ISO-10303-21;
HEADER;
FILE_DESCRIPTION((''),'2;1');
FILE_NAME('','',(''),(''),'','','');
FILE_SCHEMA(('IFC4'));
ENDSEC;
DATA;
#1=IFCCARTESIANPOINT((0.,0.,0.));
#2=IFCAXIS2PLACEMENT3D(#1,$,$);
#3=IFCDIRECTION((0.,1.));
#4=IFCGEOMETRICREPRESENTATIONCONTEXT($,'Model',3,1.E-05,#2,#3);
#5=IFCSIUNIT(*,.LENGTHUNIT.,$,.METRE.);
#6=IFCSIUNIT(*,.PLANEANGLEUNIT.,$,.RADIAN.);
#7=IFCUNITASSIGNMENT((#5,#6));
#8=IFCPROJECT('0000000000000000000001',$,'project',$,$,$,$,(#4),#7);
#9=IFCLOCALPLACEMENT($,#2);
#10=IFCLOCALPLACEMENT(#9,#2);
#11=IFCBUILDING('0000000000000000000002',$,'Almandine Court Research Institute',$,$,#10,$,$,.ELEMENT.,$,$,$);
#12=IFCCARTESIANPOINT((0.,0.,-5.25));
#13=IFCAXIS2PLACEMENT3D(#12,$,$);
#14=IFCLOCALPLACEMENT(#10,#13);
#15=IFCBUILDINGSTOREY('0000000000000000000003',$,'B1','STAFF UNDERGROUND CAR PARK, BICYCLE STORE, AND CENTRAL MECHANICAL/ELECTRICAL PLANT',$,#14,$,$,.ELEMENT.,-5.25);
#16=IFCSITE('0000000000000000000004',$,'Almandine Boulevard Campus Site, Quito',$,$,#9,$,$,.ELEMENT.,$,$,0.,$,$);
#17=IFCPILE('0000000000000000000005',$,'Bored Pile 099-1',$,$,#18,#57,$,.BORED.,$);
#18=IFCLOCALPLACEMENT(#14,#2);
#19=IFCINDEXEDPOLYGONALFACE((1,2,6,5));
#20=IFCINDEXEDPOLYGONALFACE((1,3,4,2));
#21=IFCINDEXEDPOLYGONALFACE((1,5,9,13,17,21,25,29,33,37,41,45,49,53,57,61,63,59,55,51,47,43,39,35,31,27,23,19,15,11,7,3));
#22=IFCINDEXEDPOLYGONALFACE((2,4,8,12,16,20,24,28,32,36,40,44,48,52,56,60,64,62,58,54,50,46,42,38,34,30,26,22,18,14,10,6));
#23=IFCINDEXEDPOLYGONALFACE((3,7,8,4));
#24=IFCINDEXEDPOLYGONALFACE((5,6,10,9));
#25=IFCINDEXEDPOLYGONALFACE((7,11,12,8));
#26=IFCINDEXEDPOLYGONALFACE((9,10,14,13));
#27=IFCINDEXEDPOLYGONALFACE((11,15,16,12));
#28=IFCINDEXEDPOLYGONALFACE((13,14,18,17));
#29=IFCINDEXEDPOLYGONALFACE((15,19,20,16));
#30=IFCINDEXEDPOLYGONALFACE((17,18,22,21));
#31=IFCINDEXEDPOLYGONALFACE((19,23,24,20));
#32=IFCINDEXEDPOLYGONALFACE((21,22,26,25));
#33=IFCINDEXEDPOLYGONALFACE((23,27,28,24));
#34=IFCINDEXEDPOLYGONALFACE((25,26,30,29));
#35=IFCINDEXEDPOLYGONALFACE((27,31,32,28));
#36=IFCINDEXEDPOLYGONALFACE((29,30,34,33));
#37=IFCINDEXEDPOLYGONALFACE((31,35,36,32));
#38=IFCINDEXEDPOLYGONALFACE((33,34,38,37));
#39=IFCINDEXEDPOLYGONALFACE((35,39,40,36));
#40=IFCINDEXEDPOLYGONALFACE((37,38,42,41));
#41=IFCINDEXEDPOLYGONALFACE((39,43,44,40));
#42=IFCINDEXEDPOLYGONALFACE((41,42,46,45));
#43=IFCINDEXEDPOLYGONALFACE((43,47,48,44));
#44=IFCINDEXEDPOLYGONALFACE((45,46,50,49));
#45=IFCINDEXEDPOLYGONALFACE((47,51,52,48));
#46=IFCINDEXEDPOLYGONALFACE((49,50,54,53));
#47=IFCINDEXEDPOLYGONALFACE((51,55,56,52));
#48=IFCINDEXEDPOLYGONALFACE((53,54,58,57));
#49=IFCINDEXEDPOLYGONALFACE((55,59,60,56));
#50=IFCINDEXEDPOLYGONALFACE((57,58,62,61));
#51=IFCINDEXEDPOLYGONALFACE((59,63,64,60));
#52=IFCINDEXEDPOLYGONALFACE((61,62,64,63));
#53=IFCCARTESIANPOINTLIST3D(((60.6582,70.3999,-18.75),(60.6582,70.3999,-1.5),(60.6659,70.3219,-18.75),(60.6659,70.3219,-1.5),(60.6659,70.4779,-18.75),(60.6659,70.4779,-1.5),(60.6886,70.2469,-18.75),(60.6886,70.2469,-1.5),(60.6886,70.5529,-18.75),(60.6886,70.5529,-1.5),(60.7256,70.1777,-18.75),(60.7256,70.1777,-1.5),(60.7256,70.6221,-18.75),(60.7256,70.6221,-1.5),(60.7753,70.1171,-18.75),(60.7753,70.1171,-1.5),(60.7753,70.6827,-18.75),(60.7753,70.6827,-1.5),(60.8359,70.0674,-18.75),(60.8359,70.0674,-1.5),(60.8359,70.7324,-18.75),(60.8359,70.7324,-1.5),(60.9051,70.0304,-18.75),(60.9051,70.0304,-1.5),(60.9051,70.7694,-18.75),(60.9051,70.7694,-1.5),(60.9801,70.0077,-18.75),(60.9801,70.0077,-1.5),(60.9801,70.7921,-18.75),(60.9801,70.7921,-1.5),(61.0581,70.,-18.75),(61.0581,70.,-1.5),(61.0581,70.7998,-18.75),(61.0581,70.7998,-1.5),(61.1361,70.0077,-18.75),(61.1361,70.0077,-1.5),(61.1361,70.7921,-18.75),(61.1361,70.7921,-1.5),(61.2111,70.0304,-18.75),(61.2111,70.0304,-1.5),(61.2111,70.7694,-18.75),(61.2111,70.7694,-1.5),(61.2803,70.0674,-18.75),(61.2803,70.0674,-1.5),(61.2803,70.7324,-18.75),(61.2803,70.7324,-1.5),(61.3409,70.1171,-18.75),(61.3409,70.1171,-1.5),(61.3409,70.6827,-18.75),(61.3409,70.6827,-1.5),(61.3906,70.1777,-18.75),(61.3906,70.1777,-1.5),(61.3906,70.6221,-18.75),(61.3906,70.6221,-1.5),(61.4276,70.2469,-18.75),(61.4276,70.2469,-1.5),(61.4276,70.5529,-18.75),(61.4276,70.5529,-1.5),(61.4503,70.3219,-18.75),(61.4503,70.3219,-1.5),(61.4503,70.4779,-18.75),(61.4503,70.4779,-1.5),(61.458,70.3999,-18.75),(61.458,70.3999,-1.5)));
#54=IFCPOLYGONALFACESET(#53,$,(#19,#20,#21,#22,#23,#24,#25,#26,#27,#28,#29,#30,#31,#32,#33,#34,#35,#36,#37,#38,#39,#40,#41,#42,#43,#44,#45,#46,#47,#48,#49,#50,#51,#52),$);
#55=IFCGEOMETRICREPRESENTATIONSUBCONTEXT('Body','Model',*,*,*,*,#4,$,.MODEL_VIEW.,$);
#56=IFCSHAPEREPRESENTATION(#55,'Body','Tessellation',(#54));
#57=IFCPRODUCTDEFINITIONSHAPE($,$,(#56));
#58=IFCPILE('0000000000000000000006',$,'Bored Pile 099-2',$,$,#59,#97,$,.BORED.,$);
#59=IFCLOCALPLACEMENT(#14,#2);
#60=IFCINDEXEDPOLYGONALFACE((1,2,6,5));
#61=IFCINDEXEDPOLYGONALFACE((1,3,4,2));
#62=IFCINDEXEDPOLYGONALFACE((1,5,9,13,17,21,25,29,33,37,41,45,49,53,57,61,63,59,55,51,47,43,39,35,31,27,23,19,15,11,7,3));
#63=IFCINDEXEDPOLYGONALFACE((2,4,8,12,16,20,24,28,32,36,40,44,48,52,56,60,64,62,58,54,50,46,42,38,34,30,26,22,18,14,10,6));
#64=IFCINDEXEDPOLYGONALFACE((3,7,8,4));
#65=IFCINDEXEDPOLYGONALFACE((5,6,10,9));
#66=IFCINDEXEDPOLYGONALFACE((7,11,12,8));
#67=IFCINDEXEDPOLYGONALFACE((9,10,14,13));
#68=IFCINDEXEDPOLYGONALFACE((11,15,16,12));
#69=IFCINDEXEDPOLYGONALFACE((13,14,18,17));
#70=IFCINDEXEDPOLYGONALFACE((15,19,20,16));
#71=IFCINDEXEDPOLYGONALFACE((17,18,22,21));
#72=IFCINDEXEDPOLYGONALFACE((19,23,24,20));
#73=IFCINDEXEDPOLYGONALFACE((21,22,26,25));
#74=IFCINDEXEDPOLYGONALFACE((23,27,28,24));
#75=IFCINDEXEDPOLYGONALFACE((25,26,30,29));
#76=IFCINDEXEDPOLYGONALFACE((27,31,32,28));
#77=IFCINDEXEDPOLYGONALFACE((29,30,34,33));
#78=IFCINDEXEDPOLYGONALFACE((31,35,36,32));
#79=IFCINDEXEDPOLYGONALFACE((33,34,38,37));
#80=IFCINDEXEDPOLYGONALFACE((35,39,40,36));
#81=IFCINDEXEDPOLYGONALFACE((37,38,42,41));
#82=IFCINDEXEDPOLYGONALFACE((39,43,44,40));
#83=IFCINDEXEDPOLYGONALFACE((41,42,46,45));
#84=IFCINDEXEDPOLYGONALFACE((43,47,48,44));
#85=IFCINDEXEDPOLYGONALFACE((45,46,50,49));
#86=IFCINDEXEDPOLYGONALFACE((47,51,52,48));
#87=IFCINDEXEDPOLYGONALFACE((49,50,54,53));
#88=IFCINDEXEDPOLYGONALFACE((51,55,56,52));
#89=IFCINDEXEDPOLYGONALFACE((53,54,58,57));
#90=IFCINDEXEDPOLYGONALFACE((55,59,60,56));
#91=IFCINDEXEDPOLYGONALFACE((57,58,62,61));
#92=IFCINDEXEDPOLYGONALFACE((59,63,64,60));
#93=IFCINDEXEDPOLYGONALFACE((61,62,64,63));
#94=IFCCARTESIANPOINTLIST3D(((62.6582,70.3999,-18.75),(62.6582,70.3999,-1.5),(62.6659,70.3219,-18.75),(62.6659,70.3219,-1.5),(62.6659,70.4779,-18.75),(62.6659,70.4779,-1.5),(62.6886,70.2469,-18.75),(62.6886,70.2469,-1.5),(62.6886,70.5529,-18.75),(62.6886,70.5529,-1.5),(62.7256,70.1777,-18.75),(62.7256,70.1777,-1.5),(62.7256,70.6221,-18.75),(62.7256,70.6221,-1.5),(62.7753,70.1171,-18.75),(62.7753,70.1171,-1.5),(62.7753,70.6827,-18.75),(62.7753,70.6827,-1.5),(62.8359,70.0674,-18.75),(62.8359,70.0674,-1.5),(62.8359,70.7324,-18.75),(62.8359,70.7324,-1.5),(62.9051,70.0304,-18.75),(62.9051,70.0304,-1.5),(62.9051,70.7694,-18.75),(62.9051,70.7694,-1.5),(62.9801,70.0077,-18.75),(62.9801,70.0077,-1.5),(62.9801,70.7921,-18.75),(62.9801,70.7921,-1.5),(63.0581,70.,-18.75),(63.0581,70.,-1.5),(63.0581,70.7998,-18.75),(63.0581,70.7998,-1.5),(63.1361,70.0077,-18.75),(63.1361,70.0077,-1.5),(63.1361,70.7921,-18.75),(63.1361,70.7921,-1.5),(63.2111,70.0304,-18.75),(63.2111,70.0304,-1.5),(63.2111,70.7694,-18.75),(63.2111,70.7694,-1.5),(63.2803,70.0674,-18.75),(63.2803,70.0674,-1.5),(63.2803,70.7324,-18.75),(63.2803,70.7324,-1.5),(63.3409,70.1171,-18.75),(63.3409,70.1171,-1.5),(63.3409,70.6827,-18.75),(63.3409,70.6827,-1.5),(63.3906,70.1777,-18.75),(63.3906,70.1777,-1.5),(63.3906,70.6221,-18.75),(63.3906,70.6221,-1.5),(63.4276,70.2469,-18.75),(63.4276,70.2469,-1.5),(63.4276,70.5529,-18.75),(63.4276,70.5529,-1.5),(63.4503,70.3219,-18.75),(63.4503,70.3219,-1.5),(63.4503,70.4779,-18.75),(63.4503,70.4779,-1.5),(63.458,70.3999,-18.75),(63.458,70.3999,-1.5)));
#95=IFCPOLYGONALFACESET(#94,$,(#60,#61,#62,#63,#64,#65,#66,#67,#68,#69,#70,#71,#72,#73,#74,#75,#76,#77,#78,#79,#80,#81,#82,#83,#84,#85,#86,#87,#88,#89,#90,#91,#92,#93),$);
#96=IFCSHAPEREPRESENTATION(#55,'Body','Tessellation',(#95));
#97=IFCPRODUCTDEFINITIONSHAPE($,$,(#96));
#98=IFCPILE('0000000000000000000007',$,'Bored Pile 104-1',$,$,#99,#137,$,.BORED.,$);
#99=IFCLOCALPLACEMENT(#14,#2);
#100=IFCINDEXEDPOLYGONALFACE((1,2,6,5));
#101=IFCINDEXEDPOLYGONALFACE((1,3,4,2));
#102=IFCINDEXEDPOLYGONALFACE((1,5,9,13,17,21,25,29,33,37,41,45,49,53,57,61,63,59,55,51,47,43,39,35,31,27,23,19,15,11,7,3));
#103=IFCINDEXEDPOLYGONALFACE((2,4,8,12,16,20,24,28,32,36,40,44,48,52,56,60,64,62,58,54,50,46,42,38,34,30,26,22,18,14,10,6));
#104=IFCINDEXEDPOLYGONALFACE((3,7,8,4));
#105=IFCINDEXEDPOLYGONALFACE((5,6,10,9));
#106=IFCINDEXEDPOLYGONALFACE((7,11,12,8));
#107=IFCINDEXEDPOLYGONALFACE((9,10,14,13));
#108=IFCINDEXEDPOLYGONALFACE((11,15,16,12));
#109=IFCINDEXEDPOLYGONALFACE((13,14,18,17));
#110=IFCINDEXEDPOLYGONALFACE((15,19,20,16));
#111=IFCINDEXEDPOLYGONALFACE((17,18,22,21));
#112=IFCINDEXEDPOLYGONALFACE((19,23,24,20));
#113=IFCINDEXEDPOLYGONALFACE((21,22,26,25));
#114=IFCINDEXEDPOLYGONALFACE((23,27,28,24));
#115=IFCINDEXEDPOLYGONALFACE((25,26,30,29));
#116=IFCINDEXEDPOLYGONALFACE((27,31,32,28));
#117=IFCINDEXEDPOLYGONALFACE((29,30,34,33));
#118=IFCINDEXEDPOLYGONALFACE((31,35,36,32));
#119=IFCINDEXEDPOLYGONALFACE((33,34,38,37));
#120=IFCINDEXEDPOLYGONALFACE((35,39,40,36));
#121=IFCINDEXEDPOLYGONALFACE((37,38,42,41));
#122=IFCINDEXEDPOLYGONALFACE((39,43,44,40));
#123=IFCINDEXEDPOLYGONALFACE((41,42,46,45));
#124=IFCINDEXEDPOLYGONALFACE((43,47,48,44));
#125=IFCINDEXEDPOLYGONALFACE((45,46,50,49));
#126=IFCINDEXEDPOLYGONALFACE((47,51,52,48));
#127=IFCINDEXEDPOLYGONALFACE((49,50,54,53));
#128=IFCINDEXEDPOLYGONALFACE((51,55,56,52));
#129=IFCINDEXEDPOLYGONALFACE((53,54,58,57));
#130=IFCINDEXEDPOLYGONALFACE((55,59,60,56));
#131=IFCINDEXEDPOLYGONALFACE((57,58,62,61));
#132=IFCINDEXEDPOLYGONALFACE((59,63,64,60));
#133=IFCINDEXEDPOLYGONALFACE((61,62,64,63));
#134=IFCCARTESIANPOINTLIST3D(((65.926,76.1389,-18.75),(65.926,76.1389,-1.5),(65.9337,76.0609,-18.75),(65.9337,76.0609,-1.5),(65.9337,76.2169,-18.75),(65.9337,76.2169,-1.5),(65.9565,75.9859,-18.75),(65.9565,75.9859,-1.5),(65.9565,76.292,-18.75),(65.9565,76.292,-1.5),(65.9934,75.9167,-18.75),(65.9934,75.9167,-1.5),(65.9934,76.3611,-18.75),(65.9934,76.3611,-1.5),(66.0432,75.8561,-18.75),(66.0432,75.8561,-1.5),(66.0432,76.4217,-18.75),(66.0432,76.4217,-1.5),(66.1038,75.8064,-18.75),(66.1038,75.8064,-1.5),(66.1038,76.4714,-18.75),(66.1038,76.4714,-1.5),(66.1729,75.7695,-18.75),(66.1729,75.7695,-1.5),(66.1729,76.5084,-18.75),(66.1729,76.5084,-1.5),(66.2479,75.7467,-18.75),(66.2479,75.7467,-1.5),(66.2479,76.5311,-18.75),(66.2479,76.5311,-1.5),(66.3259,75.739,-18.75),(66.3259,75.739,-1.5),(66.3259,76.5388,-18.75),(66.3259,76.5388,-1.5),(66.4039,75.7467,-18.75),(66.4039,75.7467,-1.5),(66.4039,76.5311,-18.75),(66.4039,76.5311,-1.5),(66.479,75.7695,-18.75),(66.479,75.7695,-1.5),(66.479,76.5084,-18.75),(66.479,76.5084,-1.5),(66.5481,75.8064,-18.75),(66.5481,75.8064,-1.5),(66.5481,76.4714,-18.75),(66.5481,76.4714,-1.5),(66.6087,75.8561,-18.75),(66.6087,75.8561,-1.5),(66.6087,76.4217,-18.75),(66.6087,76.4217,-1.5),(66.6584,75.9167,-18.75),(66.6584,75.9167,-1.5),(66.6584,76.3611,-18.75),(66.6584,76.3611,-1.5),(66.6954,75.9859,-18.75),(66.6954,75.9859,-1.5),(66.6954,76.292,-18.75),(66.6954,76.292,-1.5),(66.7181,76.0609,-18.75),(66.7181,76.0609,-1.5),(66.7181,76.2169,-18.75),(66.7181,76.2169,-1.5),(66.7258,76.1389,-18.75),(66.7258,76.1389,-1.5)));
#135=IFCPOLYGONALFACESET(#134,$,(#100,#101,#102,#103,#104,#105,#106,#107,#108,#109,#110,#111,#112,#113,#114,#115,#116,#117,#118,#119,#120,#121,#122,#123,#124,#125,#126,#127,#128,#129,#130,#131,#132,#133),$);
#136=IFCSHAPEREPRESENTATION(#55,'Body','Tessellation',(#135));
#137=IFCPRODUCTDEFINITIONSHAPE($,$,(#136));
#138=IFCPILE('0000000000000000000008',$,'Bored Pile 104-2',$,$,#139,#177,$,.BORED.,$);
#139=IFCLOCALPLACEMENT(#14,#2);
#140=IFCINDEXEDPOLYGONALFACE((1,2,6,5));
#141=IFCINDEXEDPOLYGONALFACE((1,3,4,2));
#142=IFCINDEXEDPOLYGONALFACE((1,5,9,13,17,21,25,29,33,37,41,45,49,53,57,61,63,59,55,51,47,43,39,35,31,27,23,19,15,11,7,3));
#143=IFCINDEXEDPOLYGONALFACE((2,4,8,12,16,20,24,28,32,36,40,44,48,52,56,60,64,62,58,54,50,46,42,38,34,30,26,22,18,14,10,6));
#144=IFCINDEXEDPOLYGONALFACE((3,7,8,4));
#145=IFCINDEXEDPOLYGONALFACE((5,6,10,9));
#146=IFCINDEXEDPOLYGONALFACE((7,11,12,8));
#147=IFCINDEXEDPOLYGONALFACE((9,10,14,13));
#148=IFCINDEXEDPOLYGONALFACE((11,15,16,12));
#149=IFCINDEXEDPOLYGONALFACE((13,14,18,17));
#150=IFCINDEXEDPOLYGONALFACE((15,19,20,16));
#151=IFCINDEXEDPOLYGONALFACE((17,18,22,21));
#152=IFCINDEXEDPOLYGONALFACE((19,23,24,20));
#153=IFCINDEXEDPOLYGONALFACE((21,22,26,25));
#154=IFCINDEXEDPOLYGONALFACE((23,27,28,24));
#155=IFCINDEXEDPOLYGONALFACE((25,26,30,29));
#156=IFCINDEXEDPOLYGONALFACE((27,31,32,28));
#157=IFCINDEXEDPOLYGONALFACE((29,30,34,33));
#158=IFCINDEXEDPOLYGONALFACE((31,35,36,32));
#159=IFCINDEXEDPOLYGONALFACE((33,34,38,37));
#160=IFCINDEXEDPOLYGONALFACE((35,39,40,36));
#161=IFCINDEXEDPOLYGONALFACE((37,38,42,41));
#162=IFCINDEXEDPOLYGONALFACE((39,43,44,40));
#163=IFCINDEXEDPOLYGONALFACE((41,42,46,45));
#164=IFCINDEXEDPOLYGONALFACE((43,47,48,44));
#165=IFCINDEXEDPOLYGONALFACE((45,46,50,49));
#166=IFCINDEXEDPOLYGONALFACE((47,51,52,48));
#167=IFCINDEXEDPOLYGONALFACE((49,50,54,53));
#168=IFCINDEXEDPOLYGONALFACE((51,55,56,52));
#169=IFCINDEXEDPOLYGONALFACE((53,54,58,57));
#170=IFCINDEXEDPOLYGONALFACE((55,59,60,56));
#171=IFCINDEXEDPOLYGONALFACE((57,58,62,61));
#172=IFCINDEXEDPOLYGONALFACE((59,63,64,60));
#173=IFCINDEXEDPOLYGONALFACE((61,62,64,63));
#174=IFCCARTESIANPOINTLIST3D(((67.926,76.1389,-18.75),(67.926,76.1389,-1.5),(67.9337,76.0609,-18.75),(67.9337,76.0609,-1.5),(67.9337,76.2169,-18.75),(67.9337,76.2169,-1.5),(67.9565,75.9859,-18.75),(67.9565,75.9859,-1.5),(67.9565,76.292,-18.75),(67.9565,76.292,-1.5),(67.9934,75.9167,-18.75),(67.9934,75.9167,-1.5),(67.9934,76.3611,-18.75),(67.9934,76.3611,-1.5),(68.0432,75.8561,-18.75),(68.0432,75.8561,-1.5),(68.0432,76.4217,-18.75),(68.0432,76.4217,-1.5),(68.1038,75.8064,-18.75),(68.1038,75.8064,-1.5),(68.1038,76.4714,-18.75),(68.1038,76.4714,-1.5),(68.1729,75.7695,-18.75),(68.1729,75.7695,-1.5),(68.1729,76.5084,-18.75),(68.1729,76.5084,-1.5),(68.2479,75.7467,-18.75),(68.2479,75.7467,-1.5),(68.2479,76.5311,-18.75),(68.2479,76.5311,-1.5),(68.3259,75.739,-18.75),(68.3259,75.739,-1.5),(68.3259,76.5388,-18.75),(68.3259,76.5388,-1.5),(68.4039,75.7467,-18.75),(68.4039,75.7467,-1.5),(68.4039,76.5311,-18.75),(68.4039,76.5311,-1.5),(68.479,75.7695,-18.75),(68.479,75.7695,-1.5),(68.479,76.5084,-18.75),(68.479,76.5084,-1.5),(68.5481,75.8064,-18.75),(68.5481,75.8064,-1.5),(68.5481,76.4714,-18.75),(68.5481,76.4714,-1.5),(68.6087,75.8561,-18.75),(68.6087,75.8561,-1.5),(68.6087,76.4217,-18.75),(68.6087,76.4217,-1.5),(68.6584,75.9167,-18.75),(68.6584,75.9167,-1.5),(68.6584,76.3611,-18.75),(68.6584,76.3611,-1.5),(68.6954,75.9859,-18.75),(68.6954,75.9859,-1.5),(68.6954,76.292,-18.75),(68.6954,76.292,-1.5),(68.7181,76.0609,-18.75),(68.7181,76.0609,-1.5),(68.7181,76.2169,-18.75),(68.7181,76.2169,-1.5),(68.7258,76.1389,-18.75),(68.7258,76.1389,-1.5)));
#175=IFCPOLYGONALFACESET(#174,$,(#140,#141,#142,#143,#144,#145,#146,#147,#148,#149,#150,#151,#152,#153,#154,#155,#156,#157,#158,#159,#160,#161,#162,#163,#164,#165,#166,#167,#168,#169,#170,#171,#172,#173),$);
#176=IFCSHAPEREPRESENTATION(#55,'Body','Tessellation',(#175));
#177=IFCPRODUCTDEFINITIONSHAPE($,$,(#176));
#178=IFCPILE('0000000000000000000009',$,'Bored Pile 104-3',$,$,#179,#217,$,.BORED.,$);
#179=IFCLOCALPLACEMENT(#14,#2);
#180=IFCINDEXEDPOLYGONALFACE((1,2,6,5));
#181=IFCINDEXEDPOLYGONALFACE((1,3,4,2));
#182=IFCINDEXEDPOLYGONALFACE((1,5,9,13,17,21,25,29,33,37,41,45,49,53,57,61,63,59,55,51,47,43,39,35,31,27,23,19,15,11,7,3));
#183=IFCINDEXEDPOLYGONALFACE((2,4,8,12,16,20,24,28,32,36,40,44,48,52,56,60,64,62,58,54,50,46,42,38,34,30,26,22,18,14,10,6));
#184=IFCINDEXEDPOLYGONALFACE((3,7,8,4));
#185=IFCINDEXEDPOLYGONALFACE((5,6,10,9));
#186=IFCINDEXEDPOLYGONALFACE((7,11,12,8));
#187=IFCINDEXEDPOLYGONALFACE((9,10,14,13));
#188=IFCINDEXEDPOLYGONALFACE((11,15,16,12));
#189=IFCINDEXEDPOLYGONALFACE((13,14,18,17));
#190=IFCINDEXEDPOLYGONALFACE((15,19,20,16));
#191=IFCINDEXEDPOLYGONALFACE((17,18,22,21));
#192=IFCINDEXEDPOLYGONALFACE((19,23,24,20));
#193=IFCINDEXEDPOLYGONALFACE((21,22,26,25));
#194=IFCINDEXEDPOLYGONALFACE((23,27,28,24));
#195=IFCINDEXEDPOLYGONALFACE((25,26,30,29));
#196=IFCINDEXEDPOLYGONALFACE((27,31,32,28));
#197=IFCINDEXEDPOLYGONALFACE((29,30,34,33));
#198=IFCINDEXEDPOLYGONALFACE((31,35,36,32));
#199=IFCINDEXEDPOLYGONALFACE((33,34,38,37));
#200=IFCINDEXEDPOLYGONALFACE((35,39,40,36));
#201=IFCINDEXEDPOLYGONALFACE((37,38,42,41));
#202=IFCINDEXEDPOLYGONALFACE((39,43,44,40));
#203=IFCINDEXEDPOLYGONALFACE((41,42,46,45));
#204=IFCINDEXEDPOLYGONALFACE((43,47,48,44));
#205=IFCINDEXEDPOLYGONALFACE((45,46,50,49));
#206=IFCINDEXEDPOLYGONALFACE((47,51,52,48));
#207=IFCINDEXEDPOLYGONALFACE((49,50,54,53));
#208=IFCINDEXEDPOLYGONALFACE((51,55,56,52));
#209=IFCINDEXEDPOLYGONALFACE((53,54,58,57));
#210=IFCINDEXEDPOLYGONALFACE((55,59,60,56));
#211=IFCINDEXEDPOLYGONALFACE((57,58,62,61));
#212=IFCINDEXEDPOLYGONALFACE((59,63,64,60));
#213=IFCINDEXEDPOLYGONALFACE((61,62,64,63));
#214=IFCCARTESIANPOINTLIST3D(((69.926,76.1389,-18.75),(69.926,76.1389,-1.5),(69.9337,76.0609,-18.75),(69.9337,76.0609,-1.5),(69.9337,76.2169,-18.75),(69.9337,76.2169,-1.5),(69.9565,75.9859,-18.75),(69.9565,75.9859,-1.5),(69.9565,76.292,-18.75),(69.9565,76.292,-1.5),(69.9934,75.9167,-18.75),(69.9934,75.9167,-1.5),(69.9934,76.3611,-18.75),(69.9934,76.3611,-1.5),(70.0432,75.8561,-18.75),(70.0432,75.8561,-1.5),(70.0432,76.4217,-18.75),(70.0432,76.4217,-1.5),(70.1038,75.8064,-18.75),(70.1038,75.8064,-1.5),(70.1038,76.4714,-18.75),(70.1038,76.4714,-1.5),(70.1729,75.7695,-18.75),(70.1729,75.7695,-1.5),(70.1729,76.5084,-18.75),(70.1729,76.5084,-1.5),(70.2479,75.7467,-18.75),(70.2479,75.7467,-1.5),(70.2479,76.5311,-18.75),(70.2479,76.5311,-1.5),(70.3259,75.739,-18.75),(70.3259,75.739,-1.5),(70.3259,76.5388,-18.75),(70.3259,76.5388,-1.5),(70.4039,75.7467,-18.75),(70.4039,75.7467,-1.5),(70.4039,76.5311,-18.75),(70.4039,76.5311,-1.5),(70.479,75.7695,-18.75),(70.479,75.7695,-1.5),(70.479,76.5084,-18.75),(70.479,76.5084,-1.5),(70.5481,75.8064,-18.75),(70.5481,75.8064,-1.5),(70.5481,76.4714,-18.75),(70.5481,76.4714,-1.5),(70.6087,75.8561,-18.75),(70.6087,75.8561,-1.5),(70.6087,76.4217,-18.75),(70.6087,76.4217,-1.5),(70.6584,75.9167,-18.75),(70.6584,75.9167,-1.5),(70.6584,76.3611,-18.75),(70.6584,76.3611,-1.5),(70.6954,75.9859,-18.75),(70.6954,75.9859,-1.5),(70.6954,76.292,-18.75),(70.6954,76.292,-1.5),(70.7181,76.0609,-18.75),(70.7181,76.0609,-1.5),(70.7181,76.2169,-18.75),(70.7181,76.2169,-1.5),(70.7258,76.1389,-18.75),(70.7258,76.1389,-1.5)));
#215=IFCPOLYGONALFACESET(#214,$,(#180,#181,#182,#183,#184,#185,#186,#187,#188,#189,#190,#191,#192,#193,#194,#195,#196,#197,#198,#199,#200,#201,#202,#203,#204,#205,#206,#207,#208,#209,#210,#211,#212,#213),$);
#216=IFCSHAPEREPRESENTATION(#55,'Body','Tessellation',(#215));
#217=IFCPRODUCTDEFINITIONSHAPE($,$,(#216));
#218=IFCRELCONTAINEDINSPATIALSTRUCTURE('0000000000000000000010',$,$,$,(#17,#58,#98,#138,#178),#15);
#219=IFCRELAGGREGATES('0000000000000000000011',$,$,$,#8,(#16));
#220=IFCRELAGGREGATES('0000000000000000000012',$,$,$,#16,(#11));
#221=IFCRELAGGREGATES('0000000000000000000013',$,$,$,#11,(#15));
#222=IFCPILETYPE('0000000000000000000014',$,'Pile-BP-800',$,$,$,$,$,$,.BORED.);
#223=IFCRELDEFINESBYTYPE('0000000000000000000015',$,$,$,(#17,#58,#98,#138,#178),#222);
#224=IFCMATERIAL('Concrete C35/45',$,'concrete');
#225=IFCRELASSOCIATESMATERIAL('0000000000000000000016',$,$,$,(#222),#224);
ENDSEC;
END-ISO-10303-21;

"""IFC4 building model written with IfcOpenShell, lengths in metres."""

from ifc_helpers import new_model, si_unit, direction, frame, origin, origin_2d, place, context, subcontext, project, spatial, circle, extrude, material, material_profile, profile_set, type_object, element, save


model = new_model("IFC4")

# Units and contexts
model_context = context("Model", 3, precision=1e-05, world=origin(), true_north=direction((0.0, 1.0)))
body_context = subcontext(model_context, "Body", "Model", "MODEL_VIEW")
ifc_project = project(units=[si_unit("LENGTHUNIT", "METRE"), si_unit("PLANEANGLEUNIT", "RADIAN")], contexts=[model_context])

# Site, building, storey
site_placement = place(None, origin())
site = spatial("IfcSite", under=ifc_project, at=site_placement, Name="Almandine Boulevard Campus Site, Quito", CompositionType="ELEMENT", RefElevation=0.0)
building_placement = place(site_placement, origin())
building = spatial("IfcBuilding", under=site, at=building_placement, Name="Almandine Court Research Institute", CompositionType="ELEMENT")
storey_placement = place(building_placement, frame((0.0, 0.0, -5.25)))
storey = spatial("IfcBuildingStorey", under=building, at=storey_placement, Name="B1", Description="STAFF UNDERGROUND CAR PARK, BICYCLE STORE, AND CENTRAL MECHANICAL/ELECTRICAL PLANT", CompositionType="ELEMENT", Elevation=-5.25)

# Shared definitions
ifc_material_1 = material(Name="Concrete C35/45", Category="concrete")

# Piles
ifc_material_profile_1 = material_profile(ifc_material_1, circle(Radius=0.3999, at=origin_2d()), Name="BORED PILE D800")
ifc_profile_set_1 = profile_set([ifc_material_profile_1], Name="Concrete C35/45")
pile_type = type_object("IfcPileType", Name="Pile-BP-800", PredefinedType="BORED", material=ifc_profile_set_1)
for number, where, z_axis, x_axis, name in (
    (1, (61.0581, 70.3999, -1.5), (0.0, 0.0, -1.0), (1.0, 0.0, 0.0), "Bored Pile 099-1"),
    (2, (63.0581, 70.3999, -1.5), (0.0, 0.0, -1.0), (1.0, 0.0, 0.0), "Bored Pile 099-2"),
    (3, (66.3259, 76.1389, -1.5), (0.0, 0.0, -1.0), (1.0, 0.0, 0.0), "Bored Pile 104-1"),
    (4, (68.3259, 76.1389, -1.5), (0.0, 0.0, -1.0), (1.0, 0.0, 0.0), "Bored Pile 104-2"),
    (5, (70.3259, 76.1389, -1.5), (0.0, 0.0, -1.0), (1.0, 0.0, 0.0), "Bored Pile 104-3"),
):
    element("IfcPile", number, at=place(storey_placement, frame(where, z_axis=z_axis, x_axis=x_axis)), inside=storey, type_object=pile_type, Name=name, PredefinedType="BORED", context=body_context, shape_type="SweptSolid", body=[
        extrude(circle(Radius=0.3999, at=origin_2d()), origin(), (0.0, 0.0, 1.0), 17.25),
    ])

save(model, "model.ifc")
